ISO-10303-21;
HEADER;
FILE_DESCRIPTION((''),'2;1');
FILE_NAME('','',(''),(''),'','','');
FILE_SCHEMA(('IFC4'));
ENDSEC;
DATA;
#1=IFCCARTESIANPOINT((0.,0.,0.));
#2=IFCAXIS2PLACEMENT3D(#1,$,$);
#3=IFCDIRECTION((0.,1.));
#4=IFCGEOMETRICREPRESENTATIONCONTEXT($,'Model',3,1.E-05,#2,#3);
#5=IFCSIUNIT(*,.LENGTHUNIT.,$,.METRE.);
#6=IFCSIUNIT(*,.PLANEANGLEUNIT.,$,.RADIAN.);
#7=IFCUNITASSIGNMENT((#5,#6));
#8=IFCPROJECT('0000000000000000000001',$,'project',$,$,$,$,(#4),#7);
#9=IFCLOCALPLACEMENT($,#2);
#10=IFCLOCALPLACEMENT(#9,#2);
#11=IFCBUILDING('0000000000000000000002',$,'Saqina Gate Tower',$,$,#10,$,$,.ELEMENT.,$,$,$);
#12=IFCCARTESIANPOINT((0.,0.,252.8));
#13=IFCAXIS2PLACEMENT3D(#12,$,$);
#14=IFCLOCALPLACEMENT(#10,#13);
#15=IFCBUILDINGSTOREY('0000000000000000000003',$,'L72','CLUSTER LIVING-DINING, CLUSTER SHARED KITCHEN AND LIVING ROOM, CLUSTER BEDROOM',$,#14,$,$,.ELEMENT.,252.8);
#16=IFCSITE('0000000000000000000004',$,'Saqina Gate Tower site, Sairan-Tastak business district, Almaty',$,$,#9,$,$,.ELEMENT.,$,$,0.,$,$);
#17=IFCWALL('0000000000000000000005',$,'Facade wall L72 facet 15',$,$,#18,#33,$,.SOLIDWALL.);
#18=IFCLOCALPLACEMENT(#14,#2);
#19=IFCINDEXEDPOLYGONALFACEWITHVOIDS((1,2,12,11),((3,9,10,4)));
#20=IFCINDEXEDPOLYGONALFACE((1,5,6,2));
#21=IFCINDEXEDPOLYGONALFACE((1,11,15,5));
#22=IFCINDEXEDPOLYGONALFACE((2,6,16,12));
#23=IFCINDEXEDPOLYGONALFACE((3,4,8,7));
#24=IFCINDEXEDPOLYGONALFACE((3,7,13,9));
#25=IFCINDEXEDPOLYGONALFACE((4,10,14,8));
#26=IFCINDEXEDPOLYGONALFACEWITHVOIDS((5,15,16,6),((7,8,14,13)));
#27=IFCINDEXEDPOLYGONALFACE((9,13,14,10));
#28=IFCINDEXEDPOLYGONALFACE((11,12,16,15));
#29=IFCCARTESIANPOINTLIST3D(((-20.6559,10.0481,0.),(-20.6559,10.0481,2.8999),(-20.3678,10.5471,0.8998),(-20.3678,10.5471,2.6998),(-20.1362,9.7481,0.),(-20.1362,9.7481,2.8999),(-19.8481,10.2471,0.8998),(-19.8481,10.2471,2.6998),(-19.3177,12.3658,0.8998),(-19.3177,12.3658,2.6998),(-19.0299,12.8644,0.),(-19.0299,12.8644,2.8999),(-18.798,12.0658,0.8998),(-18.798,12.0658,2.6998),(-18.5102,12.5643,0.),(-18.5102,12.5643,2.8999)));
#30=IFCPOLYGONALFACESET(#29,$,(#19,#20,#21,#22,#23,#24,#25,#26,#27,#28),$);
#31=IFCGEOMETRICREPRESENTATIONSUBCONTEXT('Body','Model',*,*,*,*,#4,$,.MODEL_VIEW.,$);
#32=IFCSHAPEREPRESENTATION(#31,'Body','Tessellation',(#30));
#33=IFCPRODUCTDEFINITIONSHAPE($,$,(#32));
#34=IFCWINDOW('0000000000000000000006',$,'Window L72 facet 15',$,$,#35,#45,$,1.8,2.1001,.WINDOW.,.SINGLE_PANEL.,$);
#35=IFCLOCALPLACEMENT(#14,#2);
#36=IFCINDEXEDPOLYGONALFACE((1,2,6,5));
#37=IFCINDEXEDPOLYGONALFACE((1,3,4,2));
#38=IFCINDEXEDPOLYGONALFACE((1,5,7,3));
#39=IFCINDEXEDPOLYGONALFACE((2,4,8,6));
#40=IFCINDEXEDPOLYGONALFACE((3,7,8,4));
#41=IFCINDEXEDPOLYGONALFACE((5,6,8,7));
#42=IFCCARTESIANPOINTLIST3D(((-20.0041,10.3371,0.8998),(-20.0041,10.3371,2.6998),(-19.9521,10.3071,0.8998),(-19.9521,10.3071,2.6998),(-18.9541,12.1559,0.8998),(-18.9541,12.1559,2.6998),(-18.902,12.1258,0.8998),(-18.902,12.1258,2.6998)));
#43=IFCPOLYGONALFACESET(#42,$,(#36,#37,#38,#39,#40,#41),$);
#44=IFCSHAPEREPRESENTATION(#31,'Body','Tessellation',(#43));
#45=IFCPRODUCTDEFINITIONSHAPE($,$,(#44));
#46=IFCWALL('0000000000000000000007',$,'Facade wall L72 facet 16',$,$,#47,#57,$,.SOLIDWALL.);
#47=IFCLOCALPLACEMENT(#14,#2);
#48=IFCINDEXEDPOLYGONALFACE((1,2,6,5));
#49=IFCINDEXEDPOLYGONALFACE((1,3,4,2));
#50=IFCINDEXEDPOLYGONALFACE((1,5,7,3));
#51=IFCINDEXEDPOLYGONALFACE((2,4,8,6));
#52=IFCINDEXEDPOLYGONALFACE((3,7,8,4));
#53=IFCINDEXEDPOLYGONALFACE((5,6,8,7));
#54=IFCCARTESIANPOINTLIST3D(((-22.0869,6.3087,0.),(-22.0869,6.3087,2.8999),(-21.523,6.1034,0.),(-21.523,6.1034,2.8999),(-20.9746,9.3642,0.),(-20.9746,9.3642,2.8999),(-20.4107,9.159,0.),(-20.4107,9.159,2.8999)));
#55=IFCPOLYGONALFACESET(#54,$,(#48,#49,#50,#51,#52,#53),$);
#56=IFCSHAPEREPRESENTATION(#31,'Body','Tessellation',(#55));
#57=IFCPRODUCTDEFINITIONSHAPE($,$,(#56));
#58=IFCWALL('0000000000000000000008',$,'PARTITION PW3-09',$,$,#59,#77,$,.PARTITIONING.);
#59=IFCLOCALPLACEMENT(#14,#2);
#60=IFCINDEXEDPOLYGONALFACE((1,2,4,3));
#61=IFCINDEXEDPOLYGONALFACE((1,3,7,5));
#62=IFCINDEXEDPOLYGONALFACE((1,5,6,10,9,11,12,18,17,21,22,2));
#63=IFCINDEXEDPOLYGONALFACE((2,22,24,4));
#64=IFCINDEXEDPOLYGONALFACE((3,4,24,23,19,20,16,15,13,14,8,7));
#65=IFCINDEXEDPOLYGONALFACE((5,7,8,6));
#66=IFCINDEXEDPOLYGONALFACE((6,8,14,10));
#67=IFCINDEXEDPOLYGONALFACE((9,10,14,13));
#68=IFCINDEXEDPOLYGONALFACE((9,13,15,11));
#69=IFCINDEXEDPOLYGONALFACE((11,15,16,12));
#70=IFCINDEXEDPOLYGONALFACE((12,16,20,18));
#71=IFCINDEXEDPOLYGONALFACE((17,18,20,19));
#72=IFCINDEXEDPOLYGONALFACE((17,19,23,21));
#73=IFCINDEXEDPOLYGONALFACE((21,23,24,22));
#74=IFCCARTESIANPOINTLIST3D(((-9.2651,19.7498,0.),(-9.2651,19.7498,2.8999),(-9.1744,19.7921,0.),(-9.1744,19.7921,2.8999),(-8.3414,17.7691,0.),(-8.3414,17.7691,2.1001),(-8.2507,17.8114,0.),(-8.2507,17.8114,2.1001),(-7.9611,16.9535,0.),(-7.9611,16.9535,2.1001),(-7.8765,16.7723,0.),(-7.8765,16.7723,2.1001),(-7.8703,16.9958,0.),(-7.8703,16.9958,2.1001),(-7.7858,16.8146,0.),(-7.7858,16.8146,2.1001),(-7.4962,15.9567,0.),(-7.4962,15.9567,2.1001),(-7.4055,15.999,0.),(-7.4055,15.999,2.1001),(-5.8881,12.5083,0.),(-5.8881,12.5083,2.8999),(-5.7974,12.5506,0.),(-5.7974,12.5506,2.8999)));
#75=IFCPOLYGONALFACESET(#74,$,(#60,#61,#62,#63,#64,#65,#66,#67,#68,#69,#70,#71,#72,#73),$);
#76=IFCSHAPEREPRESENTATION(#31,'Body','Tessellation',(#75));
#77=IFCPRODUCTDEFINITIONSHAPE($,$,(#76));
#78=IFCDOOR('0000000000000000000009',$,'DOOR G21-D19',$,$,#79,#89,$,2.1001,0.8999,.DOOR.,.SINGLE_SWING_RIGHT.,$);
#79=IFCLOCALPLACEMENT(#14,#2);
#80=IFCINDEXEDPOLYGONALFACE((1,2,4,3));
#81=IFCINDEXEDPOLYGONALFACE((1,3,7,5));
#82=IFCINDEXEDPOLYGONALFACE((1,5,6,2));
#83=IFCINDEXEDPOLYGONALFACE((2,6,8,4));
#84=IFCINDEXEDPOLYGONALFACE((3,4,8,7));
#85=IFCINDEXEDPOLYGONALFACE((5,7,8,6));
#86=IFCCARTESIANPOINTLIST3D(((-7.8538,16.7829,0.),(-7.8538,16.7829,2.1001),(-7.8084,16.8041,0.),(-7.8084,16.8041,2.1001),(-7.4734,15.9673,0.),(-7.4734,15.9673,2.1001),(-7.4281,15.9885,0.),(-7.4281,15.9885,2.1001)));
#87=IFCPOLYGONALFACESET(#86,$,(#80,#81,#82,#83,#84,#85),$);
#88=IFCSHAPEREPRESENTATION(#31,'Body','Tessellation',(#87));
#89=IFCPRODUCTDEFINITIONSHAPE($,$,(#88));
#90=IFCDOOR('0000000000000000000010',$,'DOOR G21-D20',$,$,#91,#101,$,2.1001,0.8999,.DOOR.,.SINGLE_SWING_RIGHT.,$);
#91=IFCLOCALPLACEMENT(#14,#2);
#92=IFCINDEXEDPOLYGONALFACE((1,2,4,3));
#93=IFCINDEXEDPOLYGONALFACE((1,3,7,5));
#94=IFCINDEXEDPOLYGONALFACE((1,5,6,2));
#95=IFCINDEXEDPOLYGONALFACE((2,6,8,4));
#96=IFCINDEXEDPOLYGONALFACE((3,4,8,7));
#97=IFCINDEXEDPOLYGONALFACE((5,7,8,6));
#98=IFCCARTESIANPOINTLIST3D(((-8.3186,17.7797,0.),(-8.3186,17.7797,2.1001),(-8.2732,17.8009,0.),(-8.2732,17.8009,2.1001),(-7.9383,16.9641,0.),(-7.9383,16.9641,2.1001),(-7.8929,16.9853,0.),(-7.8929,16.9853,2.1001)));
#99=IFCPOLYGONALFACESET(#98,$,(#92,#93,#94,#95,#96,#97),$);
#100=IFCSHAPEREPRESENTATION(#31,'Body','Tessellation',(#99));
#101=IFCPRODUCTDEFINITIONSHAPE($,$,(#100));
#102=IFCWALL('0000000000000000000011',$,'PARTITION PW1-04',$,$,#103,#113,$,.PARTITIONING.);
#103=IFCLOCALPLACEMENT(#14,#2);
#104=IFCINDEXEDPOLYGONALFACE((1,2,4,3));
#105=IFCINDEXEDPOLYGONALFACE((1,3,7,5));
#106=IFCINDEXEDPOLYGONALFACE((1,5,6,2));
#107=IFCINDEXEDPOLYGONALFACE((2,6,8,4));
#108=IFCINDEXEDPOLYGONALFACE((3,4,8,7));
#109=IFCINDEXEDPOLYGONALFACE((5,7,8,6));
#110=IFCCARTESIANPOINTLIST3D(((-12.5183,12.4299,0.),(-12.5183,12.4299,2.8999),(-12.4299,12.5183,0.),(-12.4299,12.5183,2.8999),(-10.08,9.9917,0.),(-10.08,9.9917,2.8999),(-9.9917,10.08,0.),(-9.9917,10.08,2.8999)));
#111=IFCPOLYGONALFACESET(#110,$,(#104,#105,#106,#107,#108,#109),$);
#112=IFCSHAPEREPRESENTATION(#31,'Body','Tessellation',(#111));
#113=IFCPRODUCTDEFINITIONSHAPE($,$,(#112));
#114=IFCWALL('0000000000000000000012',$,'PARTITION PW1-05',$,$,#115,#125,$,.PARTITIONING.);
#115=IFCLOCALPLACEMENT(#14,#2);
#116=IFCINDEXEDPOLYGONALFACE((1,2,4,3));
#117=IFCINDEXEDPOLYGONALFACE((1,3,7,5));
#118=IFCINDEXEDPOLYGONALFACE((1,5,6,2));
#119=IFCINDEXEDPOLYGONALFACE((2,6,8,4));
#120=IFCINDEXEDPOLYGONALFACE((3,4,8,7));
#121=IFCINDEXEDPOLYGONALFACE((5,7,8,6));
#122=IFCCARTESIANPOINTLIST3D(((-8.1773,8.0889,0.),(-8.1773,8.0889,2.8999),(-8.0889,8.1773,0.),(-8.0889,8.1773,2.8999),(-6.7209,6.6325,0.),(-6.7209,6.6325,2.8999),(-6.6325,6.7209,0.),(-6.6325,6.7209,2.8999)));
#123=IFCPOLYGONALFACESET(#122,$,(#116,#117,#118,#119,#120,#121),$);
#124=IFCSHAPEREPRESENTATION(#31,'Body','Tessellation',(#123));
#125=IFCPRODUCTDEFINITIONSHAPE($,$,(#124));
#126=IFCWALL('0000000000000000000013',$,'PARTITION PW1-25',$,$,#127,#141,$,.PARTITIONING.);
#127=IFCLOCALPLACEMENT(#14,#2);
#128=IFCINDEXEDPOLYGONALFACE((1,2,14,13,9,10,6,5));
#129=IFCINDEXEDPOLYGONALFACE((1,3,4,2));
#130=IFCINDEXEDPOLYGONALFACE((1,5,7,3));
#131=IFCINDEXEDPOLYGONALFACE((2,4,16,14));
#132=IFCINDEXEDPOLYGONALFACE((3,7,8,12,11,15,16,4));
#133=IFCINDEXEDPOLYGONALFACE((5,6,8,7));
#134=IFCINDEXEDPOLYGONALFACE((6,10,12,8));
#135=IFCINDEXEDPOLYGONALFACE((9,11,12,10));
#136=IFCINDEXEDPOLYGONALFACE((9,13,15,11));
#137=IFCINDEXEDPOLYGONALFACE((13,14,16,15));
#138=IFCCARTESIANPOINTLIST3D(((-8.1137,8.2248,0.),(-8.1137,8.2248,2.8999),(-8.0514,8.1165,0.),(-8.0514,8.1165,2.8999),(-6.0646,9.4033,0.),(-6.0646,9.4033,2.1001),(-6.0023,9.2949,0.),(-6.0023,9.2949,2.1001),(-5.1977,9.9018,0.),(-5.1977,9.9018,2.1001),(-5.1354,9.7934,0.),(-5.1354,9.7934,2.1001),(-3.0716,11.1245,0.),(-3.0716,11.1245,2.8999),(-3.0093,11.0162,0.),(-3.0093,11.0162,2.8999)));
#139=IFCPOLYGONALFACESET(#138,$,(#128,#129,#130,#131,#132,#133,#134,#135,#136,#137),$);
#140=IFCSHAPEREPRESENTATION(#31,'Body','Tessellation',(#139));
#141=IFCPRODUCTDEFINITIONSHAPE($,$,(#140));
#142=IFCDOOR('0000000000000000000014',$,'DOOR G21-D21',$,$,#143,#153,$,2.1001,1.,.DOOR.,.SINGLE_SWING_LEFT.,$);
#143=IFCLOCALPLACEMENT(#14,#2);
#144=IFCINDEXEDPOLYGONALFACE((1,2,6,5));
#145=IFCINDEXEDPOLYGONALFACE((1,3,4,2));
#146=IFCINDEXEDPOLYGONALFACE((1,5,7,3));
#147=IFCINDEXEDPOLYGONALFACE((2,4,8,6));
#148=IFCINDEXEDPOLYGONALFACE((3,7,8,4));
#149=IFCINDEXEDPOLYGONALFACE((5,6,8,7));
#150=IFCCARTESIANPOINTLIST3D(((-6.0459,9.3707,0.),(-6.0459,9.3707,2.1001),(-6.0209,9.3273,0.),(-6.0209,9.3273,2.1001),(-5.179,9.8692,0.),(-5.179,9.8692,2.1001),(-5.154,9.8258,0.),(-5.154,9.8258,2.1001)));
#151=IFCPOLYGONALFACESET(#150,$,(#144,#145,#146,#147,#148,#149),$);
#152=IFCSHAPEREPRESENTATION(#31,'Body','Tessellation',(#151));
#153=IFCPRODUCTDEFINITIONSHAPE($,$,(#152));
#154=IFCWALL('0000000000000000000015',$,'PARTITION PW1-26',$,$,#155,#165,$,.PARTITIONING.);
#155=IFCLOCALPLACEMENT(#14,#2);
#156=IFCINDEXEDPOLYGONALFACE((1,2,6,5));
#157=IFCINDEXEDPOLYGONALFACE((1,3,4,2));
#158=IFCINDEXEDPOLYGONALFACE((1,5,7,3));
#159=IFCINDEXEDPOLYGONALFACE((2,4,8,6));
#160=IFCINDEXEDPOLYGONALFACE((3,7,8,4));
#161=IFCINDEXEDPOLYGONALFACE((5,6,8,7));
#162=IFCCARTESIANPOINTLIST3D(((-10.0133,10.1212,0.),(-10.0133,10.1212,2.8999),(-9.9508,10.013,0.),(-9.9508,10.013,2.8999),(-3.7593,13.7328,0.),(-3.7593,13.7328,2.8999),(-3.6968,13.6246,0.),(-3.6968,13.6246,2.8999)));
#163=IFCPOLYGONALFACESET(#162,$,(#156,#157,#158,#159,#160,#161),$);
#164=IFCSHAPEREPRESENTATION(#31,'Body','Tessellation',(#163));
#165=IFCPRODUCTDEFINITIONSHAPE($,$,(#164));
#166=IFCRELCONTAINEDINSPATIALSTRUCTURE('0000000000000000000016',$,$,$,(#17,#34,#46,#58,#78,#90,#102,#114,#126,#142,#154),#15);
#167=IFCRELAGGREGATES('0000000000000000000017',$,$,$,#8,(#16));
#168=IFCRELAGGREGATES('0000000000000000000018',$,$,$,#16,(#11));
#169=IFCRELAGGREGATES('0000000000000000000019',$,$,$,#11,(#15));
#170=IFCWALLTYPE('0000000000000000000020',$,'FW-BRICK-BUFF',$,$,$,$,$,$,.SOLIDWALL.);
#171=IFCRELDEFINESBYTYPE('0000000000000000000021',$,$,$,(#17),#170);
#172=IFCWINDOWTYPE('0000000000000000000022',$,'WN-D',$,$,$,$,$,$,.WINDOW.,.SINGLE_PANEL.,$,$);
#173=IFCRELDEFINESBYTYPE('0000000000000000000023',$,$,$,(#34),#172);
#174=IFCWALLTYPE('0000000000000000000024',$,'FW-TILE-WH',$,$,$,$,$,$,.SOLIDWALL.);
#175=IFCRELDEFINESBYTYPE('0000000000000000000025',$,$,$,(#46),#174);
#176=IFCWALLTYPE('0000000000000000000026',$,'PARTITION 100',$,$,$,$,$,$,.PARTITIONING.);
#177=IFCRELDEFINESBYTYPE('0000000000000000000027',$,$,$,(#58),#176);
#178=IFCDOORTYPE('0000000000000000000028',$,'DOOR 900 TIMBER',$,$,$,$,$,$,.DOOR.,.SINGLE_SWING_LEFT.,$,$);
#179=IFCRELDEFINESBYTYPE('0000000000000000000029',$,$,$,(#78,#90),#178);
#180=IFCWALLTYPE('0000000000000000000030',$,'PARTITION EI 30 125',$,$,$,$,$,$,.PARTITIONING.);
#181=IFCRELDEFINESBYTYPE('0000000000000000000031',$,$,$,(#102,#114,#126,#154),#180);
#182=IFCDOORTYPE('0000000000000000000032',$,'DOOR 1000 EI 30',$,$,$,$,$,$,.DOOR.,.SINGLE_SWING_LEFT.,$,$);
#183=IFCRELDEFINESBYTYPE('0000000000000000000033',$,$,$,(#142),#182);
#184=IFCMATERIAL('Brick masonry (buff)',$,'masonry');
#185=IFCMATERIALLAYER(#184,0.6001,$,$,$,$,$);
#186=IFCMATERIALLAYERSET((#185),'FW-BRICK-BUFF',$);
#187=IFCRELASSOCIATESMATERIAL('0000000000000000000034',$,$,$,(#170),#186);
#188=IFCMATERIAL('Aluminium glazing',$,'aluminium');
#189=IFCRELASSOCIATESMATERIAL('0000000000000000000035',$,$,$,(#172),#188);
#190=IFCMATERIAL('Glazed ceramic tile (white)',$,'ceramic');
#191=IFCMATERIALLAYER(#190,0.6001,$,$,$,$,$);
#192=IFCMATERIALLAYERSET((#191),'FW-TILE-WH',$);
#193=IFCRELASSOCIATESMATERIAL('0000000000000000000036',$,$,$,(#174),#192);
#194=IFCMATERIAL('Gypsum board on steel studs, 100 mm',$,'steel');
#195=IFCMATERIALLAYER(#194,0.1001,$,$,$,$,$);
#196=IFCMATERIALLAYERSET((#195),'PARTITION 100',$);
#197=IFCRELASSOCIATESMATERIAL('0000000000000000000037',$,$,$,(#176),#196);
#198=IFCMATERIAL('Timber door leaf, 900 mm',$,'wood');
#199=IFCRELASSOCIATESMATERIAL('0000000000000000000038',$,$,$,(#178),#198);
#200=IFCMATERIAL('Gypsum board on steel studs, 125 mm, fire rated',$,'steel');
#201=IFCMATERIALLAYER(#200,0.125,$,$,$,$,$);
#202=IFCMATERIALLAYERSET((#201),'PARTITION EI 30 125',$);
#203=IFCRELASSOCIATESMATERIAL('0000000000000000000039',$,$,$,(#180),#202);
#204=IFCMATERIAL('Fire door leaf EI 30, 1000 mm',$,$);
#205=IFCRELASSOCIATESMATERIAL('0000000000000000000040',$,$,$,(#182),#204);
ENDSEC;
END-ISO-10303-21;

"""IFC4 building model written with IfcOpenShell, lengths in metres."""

from ifc_helpers import new_model, si_unit, direction, frame, frame_2d, origin, place, context, subcontext, project, spatial, rectangle, extrude, material, layer, layer_set, type_object, element, fill, save


model = new_model("IFC4")

# Units and contexts
model_context = context("Model", 3, precision=1e-05, world=origin(), true_north=direction((0.0, 1.0)))
body_context = subcontext(model_context, "Body", "Model", "MODEL_VIEW")
ifc_project = project(units=[si_unit("LENGTHUNIT", "METRE"), si_unit("PLANEANGLEUNIT", "RADIAN")], contexts=[model_context])

# Site, building, storey
site_placement = place(None, origin())
site = spatial("IfcSite", under=ifc_project, at=site_placement, Name="Saqina Gate Tower site, Sairan-Tastak business district, Almaty", CompositionType="ELEMENT", RefElevation=0.0)
building_placement = place(site_placement, origin())
building = spatial("IfcBuilding", under=site, at=building_placement, Name="Saqina Gate Tower", CompositionType="ELEMENT")
storey_placement = place(building_placement, frame((0.0, 0.0, 252.8)))
storey = spatial("IfcBuildingStorey", under=building, at=storey_placement, Name="L72", Description="CLUSTER LIVING-DINING, CLUSTER SHARED KITCHEN AND LIVING ROOM, CLUSTER BEDROOM", CompositionType="ELEMENT", Elevation=252.8)

# Wall, opening, window
ifc_material_1 = material(Name="Brick masonry (buff)", Category="masonry")
ifc_layer_1 = layer(ifc_material_1, 0.6001)
ifc_layer_set_1 = layer_set([ifc_layer_1], Name="FW-BRICK-BUFF")
wall_type_1 = type_object("IfcWallType", Name="FW-BRICK-BUFF", PredefinedType="SOLIDWALL", material=ifc_layer_set_1)
ifc_material_2 = material(Name="Aluminium glazing", Category="aluminium")
window_type = type_object("IfcWindowType", Name="WN-D", PartitioningType="SINGLE_PANEL", PredefinedType="WINDOW", material=ifc_material_2)
wall_1_placement = place(storey_placement, frame((-18.77, 12.7144, 0.0), z_axis=(0.0, 0.0, 1.0), x_axis=(-0.500015, -0.866017, 0.0)))
wall_1 = element("IfcWall", 1, at=wall_1_placement, inside=storey, type_object=wall_type_1, Name="Facade wall L72 facet 15", PredefinedType="SOLIDWALL", context=body_context, shape_type="SweptSolid", body=[
    extrude(rectangle(XDim=3.252, YDim=0.6001, at=frame_2d((1.626, 0.0))), origin(), (0.0, 0.0, 1.0), 2.8999),
])
opening_1_placement = place(wall_1_placement, frame((0.5757, 0.0, 0.8999)))
opening_1 = element("IfcOpeningElement", 2, at=opening_1_placement, cuts=wall_1, PredefinedType="OPENING", context=body_context, shape_type="SweptSolid", body=[
    extrude(rectangle(XDim=2.1001, YDim=1.8, at=frame_2d((1.05, 0.8999))), frame((0.0, 0.312, 0.0), z_axis=(0.0, -1.0, 0.0), x_axis=(1.0, 0.0, 0.0)), (0.0, 0.0, 1.0), 0.624),
])
window_1_placement = place(opening_1_placement, origin())
window_1 = element("IfcWindow", 3, at=window_1_placement, inside=storey, type_object=window_type, Name="Window L72 facet 15", OverallHeight=1.8, OverallWidth=2.1001, PartitioningType="SINGLE_PANEL", PredefinedType="WINDOW", context=body_context, shape_type="SweptSolid", body=[
    extrude(rectangle(XDim=2.1001, YDim=1.8, at=frame_2d((1.05, 0.8999))), frame((0.0, 0.1799, 0.0), z_axis=(0.0, -1.0, 0.0), x_axis=(1.0, 0.0, 0.0)), (0.0, 0.0, 1.0), 0.0601),
])
fill(opening_1, window_1)

# Wall
ifc_material_3 = material(Name="Glazed ceramic tile (white)", Category="ceramic")
ifc_layer_2 = layer(ifc_material_3, 0.6001)
ifc_layer_set_2 = layer_set([ifc_layer_2], Name="FW-TILE-WH")
wall_type_2 = type_object("IfcWallType", Name="FW-TILE-WH", PredefinedType="SOLIDWALL", material=ifc_layer_set_2)
wall_2_placement = place(storey_placement, frame((-20.6926, 9.2617, 0.0), z_axis=(0.0, 0.0, 1.0), x_axis=(-0.342057, -0.939679, 0.0)))
element("IfcWall", 4, at=wall_2_placement, inside=storey, type_object=wall_type_2, Name="Facade wall L72 facet 16", PredefinedType="SOLIDWALL", context=body_context, shape_type="SweptSolid", body=[
    extrude(rectangle(XDim=3.2517, YDim=0.6001, at=frame_2d((1.626, 0.0))), origin(), (0.0, 0.0, 1.0), 2.8999),
])

# Wall, openings, doors
ifc_material_4 = material(Name="Gypsum board on steel studs, 100 mm", Category="steel")
ifc_layer_3 = layer(ifc_material_4, 0.1001)
ifc_layer_set_3 = layer_set([ifc_layer_3], Name="PARTITION 100")
wall_type_3 = type_object("IfcWallType", Name="PARTITION 100", PredefinedType="PARTITIONING", material=ifc_layer_set_3)
wall_3_placement = place(storey_placement, frame((-9.2197, 19.771, 0.0), z_axis=(0.0, 0.0, 1.0), x_axis=(0.42264, -0.906298, 0.0)))
wall_3 = element("IfcWall", 5, at=wall_3_placement, inside=storey, type_object=wall_type_3, Name="PARTITION PW3-09", PredefinedType="PARTITIONING", context=body_context, shape_type="SweptSolid", body=[
    extrude(rectangle(XDim=7.9902, YDim=0.1001, at=frame_2d((3.9951, 0.0))), origin(), (0.0, 0.0, 1.0), 2.8999),
])
opening_2_placement = place(wall_3_placement, frame((3.2854, 0.0, 0.0)))
opening_2 = element("IfcOpeningElement", 6, at=opening_2_placement, cuts=wall_3, PredefinedType="OPENING", context=body_context, shape_type="SweptSolid", body=[
    extrude(rectangle(XDim=0.8999, YDim=2.1001, at=frame_2d((0.45, 1.05))), frame((0.0, 0.062, 0.0), z_axis=(0.0, -1.0, 0.0), x_axis=(1.0, 0.0, 0.0)), (0.0, 0.0, 1.0), 0.124),
])
opening_3_placement = place(wall_3_placement, frame((2.1855, 0.0, 0.0)))
opening_3 = element("IfcOpeningElement", 7, at=opening_3_placement, cuts=wall_3, PredefinedType="OPENING", context=body_context, shape_type="SweptSolid", body=[
    extrude(rectangle(XDim=0.8999, YDim=2.1001, at=frame_2d((0.45, 1.05))), frame((0.0, 0.062, 0.0), z_axis=(0.0, -1.0, 0.0), x_axis=(1.0, 0.0, 0.0)), (0.0, 0.0, 1.0), 0.124),
])
ifc_material_5 = material(Name="Timber door leaf, 900 mm", Category="wood")
door_type_1 = type_object("IfcDoorType", Name="DOOR 900 TIMBER", OperationType="SINGLE_SWING_LEFT", PredefinedType="DOOR", material=ifc_material_5)
door_1_placement = place(opening_2_placement, frame((0.8999, 0.0, 0.0), z_axis=(0.0, 0.0, 1.0), x_axis=(-1.0, 0.0, 0.0)))
door_1 = element("IfcDoor", 8, at=door_1_placement, inside=storey, type_object=door_type_1, Name="DOOR G21-D19", OperationType="SINGLE_SWING_RIGHT", OverallHeight=2.1001, OverallWidth=0.8999, PredefinedType="DOOR", context=body_context, shape_type="SweptSolid", body=[
    extrude(rectangle(XDim=0.8999, YDim=2.1001, at=frame_2d((0.45, 1.05))), frame((0.0, 0.0249, 0.0), z_axis=(0.0, -1.0, 0.0), x_axis=(1.0, 0.0, 0.0)), (0.0, 0.0, 1.0), 0.05),
])
fill(opening_2, door_1)
door_2_placement = place(opening_3_placement, frame((0.8999, 0.0, 0.0), z_axis=(0.0, 0.0, 1.0), x_axis=(-1.0, 0.0, 0.0)))
door_2 = element("IfcDoor", 9, at=door_2_placement, inside=storey, type_object=door_type_1, Name="DOOR G21-D20", OperationType="SINGLE_SWING_RIGHT", OverallHeight=2.1001, OverallWidth=0.8999, PredefinedType="DOOR", context=body_context, shape_type="SweptSolid", body=[
    extrude(rectangle(XDim=0.8999, YDim=2.1001, at=frame_2d((0.45, 1.05))), frame((0.0, 0.0249, 0.0), z_axis=(0.0, -1.0, 0.0), x_axis=(1.0, 0.0, 0.0)), (0.0, 0.0, 1.0), 0.05),
])
fill(opening_3, door_2)

# Walls
ifc_material_6 = material(Name="Gypsum board on steel studs, 125 mm, fire rated", Category="steel")
ifc_layer_4 = layer(ifc_material_6, 0.125)
ifc_layer_set_4 = layer_set([ifc_layer_4], Name="PARTITION EI 30 125")
wall_type_4 = type_object("IfcWallType", Name="PARTITION EI 30 125", PredefinedType="PARTITIONING", material=ifc_layer_set_4)
wall_4_placement = place(storey_placement, frame((-12.4741, 12.4741, 0.0), z_axis=(0.0, 0.0, 1.0), x_axis=(0.707107, -0.707107, 0.0)))
element("IfcWall", 10, at=wall_4_placement, inside=storey, type_object=wall_type_4, Name="PARTITION PW1-04", PredefinedType="PARTITIONING", context=body_context, shape_type="SweptSolid", body=[
    extrude(rectangle(XDim=3.4482, YDim=0.125, at=frame_2d((1.7241, 0.0))), origin(), (0.0, 0.0, 1.0), 2.8999),
])
wall_5_placement = place(storey_placement, frame((-8.1331, 8.1331, 0.0), z_axis=(0.0, 0.0, 1.0), x_axis=(0.707107, -0.707107, 0.0)))
element("IfcWall", 11, at=wall_5_placement, inside=storey, type_object=wall_type_4, Name="PARTITION PW1-05", PredefinedType="PARTITIONING", context=body_context, shape_type="SweptSolid", body=[
    extrude(rectangle(XDim=2.0596, YDim=0.125, at=frame_2d((1.0298, 0.0))), origin(), (0.0, 0.0, 1.0), 2.8999),
])

# Wall, opening, door
wall_6_placement = place(storey_placement, frame((-8.0825, 8.1707, 0.0), z_axis=(0.0, 0.0, 1.0), x_axis=(0.866868, 0.498537, 0.0)))
wall_6 = element("IfcWall", 12, at=wall_6_placement, inside=storey, type_object=wall_type_4, Name="PARTITION PW1-25", PredefinedType="PARTITIONING", context=body_context, shape_type="SweptSolid", body=[
    extrude(rectangle(XDim=5.8164, YDim=0.125, at=frame_2d((2.9082, 0.0))), origin(), (0.0, 0.0, 1.0), 2.8999),
])
opening_4_placement = place(wall_6_placement, frame((2.3638, 0.0, 0.0)))
opening_4 = element("IfcOpeningElement", 13, at=opening_4_placement, cuts=wall_6, PredefinedType="OPENING", context=body_context, shape_type="SweptSolid", body=[
    extrude(rectangle(XDim=1.0, YDim=2.1001, at=frame_2d((0.5, 1.05))), frame((0.0, 0.0745, 0.0), z_axis=(0.0, -1.0, 0.0), x_axis=(1.0, 0.0, 0.0)), (0.0, 0.0, 1.0), 0.1489),
])
ifc_material_7 = material(Name="Fire door leaf EI 30, 1000 mm")
door_type_2 = type_object("IfcDoorType", Name="DOOR 1000 EI 30", OperationType="SINGLE_SWING_LEFT", PredefinedType="DOOR", material=ifc_material_7)
door_3_placement = place(opening_4_placement, origin())
door_3 = element("IfcDoor", 14, at=door_3_placement, inside=storey, type_object=door_type_2, Name="DOOR G21-D21", OperationType="SINGLE_SWING_LEFT", OverallHeight=2.1001, OverallWidth=1.0, PredefinedType="DOOR", context=body_context, shape_type="SweptSolid", body=[
    extrude(rectangle(XDim=1.0, YDim=2.1001, at=frame_2d((0.5, 1.05))), frame((0.0, 0.0249, 0.0), z_axis=(0.0, -1.0, 0.0), x_axis=(1.0, 0.0, 0.0)), (0.0, 0.0, 1.0), 0.05),
])
fill(opening_4, door_3)

# Wall
wall_7_placement = place(storey_placement, frame((-9.9819, 10.0671, 0.0), z_axis=(0.0, 0.0, 1.0), x_axis=(0.865973, 0.500091, 0.0)))
element("IfcWall", 15, at=wall_7_placement, inside=storey, type_object=wall_type_4, Name="PARTITION PW1-26", PredefinedType="PARTITIONING", context=body_context, shape_type="SweptSolid", body=[
    extrude(rectangle(XDim=7.2219, YDim=0.125, at=frame_2d((3.6108, 0.0))), origin(), (0.0, 0.0, 1.0), 2.8999),
])

save(model, "model.ifc")
